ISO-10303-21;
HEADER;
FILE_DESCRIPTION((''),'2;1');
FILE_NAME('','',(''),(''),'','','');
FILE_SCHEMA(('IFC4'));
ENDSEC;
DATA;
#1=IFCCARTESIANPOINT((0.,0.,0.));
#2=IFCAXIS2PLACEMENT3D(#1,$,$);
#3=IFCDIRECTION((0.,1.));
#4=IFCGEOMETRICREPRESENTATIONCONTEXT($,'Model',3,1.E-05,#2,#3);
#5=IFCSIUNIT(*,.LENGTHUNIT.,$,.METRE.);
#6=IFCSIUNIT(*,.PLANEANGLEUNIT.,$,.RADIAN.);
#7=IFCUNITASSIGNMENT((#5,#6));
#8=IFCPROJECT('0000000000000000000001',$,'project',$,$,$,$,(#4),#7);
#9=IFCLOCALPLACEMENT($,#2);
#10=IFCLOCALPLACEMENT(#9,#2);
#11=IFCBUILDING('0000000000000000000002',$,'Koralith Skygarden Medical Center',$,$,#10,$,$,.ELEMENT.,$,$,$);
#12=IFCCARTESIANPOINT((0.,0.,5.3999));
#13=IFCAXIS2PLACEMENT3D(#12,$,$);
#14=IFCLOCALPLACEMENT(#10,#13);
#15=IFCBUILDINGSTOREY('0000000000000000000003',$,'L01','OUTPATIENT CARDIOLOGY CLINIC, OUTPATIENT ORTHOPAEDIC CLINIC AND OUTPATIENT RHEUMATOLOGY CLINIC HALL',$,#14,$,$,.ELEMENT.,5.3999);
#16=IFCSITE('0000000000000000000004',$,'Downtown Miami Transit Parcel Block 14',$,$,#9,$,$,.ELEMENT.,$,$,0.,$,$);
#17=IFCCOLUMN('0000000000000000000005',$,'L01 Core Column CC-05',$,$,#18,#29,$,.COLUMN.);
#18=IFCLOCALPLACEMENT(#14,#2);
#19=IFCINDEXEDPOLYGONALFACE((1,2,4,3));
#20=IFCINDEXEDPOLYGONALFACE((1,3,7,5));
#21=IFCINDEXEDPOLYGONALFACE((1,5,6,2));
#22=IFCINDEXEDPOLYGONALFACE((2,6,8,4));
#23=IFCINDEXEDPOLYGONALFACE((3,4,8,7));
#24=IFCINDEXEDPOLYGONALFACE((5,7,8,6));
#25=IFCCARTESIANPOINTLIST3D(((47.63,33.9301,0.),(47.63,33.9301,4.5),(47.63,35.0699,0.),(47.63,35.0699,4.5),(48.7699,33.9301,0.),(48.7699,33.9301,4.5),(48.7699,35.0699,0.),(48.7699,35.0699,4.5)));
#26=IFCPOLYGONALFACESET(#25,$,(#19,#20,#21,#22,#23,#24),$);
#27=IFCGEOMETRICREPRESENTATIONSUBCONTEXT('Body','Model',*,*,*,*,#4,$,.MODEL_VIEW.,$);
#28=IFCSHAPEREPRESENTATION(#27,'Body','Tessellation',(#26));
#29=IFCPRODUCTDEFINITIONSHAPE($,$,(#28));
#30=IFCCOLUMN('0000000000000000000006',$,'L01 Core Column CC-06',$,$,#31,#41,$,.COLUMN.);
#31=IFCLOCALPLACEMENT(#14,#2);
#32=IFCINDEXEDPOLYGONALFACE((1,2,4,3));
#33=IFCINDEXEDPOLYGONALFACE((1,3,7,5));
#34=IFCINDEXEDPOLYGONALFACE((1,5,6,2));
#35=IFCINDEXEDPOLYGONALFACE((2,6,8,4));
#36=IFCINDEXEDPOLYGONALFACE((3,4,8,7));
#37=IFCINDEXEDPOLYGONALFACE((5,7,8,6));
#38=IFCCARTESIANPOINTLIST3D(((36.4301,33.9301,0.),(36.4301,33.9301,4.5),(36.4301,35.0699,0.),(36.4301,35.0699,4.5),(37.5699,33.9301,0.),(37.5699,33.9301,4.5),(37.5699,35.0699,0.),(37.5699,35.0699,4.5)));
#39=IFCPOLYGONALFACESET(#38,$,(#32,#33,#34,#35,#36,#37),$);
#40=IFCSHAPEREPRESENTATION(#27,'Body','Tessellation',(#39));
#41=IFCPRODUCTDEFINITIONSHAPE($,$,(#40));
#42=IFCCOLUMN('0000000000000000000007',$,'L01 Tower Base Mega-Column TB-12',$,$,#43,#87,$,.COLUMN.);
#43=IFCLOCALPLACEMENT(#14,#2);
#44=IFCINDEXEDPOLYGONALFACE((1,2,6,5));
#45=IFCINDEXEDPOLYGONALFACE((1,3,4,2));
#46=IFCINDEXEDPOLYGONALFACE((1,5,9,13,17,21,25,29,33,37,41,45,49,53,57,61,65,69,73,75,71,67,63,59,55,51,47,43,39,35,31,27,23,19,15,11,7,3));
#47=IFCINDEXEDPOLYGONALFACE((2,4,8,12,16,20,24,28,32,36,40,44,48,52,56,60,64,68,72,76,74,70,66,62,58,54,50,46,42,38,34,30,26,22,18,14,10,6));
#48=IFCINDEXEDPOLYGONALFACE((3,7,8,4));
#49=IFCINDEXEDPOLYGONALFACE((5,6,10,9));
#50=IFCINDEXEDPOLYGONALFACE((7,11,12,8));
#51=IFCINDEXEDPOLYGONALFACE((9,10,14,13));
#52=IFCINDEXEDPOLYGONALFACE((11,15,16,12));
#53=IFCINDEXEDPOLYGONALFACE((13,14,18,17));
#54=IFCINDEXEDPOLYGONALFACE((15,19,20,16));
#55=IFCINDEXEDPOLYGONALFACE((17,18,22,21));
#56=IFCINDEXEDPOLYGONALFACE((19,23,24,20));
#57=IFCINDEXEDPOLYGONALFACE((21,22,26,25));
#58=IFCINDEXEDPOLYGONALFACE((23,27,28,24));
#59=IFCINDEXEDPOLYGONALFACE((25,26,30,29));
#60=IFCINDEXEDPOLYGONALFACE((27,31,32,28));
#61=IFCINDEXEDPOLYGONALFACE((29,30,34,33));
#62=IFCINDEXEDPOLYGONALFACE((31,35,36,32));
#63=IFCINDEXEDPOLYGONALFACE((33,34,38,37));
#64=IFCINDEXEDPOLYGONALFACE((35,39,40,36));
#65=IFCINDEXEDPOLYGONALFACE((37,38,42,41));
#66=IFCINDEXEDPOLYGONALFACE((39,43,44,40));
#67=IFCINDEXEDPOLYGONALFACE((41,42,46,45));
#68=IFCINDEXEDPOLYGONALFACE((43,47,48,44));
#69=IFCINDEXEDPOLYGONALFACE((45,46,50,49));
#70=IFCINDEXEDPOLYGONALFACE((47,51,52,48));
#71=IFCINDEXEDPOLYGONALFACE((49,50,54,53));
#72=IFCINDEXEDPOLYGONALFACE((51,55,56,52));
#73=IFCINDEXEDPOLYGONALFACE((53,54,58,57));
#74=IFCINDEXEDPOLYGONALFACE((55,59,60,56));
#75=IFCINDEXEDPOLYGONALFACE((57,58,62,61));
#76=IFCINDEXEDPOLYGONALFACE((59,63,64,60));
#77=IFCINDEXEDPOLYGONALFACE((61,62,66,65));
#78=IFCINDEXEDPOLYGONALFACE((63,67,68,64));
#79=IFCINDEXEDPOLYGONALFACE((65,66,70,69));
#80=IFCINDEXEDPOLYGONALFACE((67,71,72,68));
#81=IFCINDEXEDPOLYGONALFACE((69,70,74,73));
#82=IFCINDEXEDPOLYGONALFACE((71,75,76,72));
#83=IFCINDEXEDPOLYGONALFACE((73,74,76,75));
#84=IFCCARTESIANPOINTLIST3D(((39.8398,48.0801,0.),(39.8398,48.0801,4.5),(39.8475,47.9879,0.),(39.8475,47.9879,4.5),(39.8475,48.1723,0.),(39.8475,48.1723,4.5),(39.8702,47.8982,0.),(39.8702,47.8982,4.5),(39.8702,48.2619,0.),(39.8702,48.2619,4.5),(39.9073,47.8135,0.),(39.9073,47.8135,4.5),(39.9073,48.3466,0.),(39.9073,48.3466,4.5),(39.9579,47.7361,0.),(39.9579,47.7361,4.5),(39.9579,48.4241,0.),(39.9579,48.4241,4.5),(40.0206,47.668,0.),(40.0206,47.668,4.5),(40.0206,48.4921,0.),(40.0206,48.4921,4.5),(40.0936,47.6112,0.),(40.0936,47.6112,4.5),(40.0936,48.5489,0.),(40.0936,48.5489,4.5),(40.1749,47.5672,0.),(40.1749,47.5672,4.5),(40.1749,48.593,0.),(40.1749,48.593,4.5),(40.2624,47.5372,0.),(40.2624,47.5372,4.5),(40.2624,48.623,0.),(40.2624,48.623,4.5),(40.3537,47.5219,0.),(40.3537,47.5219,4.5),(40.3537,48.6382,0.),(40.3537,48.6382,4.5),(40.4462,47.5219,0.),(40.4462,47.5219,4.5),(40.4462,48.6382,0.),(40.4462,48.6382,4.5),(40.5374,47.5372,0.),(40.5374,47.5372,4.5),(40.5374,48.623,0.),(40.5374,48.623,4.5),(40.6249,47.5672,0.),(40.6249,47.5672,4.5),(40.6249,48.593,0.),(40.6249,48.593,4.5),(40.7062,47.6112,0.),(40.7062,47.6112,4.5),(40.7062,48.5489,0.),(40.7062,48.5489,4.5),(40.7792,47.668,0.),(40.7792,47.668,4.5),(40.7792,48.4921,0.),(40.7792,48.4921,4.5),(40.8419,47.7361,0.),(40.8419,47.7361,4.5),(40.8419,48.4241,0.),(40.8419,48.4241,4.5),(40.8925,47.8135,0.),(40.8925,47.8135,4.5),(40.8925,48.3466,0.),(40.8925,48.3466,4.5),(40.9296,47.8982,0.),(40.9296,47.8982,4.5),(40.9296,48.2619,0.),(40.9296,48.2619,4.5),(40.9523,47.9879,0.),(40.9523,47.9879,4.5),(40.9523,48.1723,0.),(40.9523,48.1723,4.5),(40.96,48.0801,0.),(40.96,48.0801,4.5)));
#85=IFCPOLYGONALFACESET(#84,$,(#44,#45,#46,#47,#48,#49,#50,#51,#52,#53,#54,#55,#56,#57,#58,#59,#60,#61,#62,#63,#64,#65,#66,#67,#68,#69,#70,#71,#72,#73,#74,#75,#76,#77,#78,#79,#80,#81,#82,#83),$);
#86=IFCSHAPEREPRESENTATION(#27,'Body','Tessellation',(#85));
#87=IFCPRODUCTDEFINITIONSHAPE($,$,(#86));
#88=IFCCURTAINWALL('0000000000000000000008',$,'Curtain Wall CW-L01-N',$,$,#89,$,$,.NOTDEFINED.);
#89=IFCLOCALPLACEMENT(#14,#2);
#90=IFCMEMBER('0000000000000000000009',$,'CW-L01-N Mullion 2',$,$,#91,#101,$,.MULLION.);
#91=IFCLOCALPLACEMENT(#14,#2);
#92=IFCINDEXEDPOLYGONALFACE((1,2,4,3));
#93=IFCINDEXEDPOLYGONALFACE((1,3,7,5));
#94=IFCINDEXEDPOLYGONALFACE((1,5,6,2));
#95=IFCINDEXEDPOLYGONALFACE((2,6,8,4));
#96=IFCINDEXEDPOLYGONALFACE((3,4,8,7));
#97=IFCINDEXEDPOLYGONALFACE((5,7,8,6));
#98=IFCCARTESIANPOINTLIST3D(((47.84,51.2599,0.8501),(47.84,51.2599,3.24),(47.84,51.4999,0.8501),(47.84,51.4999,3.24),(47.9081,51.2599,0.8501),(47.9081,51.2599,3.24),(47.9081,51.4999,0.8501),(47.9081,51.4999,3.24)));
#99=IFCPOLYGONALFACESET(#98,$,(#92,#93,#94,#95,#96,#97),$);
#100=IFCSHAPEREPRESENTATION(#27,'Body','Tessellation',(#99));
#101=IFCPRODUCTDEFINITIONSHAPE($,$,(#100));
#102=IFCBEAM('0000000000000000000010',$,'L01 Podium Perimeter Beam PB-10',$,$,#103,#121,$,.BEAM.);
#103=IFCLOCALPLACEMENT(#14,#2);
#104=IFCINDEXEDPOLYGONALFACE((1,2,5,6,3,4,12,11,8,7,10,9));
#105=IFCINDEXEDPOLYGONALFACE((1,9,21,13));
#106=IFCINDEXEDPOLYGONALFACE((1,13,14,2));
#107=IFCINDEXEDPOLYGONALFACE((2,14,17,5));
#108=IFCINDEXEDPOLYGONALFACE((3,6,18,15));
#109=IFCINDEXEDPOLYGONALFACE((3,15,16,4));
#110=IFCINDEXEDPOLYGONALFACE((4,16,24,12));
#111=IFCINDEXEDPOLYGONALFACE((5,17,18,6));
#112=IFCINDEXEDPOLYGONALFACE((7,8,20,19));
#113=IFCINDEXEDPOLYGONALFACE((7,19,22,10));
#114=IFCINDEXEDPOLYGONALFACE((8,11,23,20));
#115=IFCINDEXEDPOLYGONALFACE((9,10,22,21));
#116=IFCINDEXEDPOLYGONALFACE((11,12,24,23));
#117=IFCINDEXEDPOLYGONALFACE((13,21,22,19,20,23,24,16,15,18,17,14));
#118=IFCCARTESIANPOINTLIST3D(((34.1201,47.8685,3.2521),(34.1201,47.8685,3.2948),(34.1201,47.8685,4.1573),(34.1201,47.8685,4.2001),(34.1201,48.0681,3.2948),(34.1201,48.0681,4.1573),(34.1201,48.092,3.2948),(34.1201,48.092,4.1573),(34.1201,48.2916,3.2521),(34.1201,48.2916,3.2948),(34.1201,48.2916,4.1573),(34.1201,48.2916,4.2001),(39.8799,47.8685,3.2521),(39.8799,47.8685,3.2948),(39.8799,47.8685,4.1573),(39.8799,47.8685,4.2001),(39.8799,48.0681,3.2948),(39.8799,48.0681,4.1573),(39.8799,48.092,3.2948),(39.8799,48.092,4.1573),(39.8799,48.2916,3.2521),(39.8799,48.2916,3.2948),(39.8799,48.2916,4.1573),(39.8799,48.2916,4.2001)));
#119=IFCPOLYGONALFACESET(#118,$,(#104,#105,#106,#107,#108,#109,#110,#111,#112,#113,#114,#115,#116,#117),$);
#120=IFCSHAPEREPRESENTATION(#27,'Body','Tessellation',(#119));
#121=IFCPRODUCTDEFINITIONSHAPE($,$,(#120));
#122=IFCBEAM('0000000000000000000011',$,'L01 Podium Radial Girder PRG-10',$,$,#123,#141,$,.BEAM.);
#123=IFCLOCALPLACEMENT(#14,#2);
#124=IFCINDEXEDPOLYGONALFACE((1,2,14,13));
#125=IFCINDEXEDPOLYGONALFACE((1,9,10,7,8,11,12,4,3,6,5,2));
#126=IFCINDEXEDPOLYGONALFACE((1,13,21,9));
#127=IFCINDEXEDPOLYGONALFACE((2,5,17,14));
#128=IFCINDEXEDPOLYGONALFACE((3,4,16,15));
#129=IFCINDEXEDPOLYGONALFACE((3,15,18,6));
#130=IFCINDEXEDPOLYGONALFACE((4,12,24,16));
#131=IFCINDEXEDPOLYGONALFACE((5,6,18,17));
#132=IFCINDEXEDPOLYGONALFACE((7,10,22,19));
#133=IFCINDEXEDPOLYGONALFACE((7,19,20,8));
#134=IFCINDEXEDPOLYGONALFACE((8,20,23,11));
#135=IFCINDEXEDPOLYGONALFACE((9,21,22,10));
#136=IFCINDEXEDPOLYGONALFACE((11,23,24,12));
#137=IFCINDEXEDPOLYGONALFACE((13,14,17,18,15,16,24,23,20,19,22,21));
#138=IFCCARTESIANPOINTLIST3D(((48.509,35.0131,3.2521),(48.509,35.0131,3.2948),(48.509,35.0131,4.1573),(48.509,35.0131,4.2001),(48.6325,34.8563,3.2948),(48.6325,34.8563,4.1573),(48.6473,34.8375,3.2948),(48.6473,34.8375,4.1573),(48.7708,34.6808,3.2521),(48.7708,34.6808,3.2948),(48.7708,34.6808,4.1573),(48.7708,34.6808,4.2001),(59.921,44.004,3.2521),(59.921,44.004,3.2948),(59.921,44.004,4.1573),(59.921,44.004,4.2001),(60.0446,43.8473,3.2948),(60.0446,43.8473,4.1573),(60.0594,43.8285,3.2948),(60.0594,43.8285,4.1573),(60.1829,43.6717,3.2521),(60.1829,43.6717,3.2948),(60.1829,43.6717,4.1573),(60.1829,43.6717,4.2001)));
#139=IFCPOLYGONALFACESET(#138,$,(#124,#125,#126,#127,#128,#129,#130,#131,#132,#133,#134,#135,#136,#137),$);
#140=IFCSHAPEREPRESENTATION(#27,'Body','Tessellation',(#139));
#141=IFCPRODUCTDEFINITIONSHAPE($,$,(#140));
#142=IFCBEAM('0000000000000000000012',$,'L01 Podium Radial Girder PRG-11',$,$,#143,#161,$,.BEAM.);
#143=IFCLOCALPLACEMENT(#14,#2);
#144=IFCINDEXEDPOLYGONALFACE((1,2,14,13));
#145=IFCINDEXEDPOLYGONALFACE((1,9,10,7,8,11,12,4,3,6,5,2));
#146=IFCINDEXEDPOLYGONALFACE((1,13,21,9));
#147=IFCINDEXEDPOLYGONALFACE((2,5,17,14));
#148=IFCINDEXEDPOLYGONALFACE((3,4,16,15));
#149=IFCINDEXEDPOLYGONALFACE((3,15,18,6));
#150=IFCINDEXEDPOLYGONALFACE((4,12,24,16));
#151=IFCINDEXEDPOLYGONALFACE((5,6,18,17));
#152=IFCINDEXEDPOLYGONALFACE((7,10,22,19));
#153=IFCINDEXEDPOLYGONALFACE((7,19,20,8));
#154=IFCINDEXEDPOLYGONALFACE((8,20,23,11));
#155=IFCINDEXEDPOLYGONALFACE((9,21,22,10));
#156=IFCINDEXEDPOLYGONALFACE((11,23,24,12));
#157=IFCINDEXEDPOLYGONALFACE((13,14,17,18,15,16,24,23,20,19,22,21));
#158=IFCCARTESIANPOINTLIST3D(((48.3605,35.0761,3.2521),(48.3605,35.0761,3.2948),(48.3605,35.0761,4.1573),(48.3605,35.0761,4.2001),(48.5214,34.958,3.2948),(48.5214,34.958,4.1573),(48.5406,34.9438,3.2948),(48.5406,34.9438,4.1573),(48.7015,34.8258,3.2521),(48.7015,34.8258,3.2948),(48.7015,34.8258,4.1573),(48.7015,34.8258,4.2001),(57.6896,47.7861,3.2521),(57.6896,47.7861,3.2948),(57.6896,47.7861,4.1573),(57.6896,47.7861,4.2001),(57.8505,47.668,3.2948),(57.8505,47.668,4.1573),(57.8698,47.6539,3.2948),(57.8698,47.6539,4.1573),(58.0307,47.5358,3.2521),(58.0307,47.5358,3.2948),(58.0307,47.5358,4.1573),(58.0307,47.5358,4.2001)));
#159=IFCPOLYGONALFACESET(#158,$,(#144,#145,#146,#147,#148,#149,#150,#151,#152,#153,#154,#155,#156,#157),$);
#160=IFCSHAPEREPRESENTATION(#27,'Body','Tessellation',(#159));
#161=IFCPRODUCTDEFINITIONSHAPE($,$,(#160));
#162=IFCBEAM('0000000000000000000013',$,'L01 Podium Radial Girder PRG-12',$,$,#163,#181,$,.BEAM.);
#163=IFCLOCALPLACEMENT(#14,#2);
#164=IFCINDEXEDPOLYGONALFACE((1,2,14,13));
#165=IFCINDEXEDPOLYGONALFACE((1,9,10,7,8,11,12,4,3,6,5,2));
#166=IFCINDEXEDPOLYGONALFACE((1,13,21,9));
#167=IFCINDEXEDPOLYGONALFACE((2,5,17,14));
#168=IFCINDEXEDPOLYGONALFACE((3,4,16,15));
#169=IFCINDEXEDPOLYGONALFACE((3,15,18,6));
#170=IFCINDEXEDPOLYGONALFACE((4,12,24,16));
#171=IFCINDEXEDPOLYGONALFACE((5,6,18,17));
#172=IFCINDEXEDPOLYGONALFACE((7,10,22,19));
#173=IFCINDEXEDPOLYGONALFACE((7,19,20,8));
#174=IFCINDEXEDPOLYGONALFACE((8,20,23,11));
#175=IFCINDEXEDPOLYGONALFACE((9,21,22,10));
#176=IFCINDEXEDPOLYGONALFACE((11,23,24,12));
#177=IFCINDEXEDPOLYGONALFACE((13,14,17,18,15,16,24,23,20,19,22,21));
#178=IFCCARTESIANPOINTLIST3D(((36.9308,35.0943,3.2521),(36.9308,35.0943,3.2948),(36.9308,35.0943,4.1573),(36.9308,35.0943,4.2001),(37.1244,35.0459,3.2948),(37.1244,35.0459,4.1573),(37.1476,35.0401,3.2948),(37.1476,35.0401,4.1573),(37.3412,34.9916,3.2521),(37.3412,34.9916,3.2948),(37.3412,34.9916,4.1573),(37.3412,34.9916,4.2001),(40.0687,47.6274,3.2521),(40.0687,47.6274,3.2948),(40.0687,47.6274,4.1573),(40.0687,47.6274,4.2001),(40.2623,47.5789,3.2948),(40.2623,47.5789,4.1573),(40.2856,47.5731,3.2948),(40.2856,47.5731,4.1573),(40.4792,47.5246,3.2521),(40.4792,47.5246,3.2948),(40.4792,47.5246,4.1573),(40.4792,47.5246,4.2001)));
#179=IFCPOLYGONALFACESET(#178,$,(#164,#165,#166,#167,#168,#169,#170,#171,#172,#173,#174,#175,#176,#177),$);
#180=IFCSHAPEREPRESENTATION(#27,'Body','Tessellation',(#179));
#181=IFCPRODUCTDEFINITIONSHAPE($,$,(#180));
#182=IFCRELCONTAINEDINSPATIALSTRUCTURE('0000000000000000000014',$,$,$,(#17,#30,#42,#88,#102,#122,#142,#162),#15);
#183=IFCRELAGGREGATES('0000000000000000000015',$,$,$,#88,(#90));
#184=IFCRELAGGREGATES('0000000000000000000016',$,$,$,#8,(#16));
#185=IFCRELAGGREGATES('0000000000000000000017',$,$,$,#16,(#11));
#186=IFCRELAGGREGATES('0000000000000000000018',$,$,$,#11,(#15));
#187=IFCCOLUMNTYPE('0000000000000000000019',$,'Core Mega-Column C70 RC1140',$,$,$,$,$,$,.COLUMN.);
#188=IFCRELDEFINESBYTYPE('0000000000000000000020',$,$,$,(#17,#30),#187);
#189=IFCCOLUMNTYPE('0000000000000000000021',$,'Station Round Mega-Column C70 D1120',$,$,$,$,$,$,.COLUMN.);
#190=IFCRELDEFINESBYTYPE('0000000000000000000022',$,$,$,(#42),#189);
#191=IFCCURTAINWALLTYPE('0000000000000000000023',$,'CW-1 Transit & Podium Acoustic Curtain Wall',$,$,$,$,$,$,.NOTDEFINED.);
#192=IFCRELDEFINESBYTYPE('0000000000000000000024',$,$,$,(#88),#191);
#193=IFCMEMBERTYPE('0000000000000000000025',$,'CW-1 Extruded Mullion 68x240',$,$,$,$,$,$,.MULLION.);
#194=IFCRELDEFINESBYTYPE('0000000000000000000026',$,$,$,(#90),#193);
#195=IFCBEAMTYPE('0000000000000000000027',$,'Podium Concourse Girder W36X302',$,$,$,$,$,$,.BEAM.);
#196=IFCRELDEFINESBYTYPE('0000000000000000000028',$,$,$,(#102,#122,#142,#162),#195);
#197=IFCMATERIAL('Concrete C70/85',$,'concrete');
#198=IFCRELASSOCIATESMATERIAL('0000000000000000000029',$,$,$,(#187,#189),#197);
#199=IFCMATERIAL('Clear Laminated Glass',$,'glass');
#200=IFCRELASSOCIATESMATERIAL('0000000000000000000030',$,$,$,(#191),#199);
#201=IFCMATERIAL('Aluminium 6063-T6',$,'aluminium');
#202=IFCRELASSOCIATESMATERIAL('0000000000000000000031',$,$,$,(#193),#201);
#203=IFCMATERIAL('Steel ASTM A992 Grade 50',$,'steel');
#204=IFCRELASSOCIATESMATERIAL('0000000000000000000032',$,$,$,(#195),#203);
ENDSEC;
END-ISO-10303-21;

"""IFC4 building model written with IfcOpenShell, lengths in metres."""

from ifc_helpers import new_model, si_unit, direction, frame, origin, origin_2d, place, context, subcontext, project, spatial, rectangle, circle, i_section, extrude, material, material_profile, profile_set, type_object, element, aggregate, save


model = new_model("IFC4")

# Units and contexts
model_context = context("Model", 3, precision=1e-05, world=origin(), true_north=direction((0.0, 1.0)))
body_context = subcontext(model_context, "Body", "Model", "MODEL_VIEW")
ifc_project = project(units=[si_unit("LENGTHUNIT", "METRE"), si_unit("PLANEANGLEUNIT", "RADIAN")], contexts=[model_context])

# Site, building, storey
site_placement = place(None, origin())
site = spatial("IfcSite", under=ifc_project, at=site_placement, Name="Downtown Miami Transit Parcel Block 14", CompositionType="ELEMENT", RefElevation=0.0)
building_placement = place(site_placement, origin())
building = spatial("IfcBuilding", under=site, at=building_placement, Name="Koralith Skygarden Medical Center", CompositionType="ELEMENT")
storey_placement = place(building_placement, frame((0.0, 0.0, 5.3999)))
storey = spatial("IfcBuildingStorey", under=building, at=storey_placement, Name="L01", Description="OUTPATIENT CARDIOLOGY CLINIC, OUTPATIENT ORTHOPAEDIC CLINIC AND OUTPATIENT RHEUMATOLOGY CLINIC HALL", CompositionType="ELEMENT", Elevation=5.3999)

# Columns
ifc_material_1 = material(Name="Concrete C70/85", Category="concrete")
ifc_material_profile_1 = material_profile(ifc_material_1, rectangle(XDim=1.1399, YDim=1.1399, at=origin_2d()), Name="RC1140X1140")
ifc_profile_set_1 = profile_set([ifc_material_profile_1], Name="Concrete C70/85")
column_type_1 = type_object("IfcColumnType", Name="Core Mega-Column C70 RC1140", PredefinedType="COLUMN", material=ifc_profile_set_1)
for number, where, z_axis, x_axis, name in (
    (1, (48.2, 34.5, 0.0), (0.0, 0.0, 1.0), (1.0, 0.0, 0.0), "L01 Core Column CC-05"),
    (2, (37.0, 34.5, 0.0), (0.0, 0.0, 1.0), (1.0, 0.0, 0.0), "L01 Core Column CC-06"),
):
    element("IfcColumn", number, at=place(storey_placement, frame(where, z_axis=z_axis, x_axis=x_axis)), inside=storey, type_object=column_type_1, Name=name, PredefinedType="COLUMN", context=body_context, shape_type="SweptSolid", body=[
        extrude(rectangle(XDim=1.1399, YDim=1.1399, at=origin_2d()), origin(), (0.0, 0.0, 1.0), 4.5),
    ])
ifc_material_profile_2 = material_profile(ifc_material_1, circle(Radius=0.5601, at=origin_2d()), Name="RCCOL1120")
ifc_profile_set_2 = profile_set([ifc_material_profile_2], Name="Concrete C70/85")
column_type_2 = type_object("IfcColumnType", Name="Station Round Mega-Column C70 D1120", PredefinedType="COLUMN", material=ifc_profile_set_2)
column_placement = place(storey_placement, frame((40.3999, 48.0801, 0.0), z_axis=(0.0, 0.0, 1.0), x_axis=(1.0, 0.0, 0.0)))
element("IfcColumn", 3, at=column_placement, inside=storey, type_object=column_type_2, Name="L01 Tower Base Mega-Column TB-12", PredefinedType="COLUMN", context=body_context, shape_type="SweptSolid", body=[
    extrude(circle(Radius=0.5601, at=origin_2d()), origin(), (0.0, 0.0, 1.0), 4.5),
])

# Curtain wall, member
ifc_material_2 = material(Name="Clear Laminated Glass", Category="glass")
curtain_wall_type = type_object("IfcCurtainWallType", Name="CW-1 Transit & Podium Acoustic Curtain Wall", PredefinedType="NOTDEFINED", material=ifc_material_2)
curtain_wall_placement = place(storey_placement, origin())
curtain_wall = element("IfcCurtainWall", 4, at=curtain_wall_placement, inside=storey, type_object=curtain_wall_type, Name="Curtain Wall CW-L01-N", PredefinedType="NOTDEFINED")
ifc_material_3 = material(Name="Aluminium 6063-T6", Category="aluminium")
ifc_material_profile_3 = material_profile(ifc_material_3, rectangle(XDim=0.0681, YDim=0.24, at=origin_2d()), Name="MUL68X240")
ifc_profile_set_3 = profile_set([ifc_material_profile_3], Name="Aluminium 6063-T6")
member_type = type_object("IfcMemberType", Name="CW-1 Extruded Mullion 68x240", PredefinedType="MULLION", material=ifc_profile_set_3)
member_placement = place(storey_placement, frame((47.874, 51.3799, 0.8501), z_axis=(0.0, 0.0, 1.0), x_axis=(1.0, 0.0, 0.0)))
member = element("IfcMember", 5, at=member_placement, type_object=member_type, Name="CW-L01-N Mullion 2", PredefinedType="MULLION", context=body_context, shape_type="SweptSolid", body=[
    extrude(rectangle(XDim=0.0681, YDim=0.24, at=origin_2d()), origin(), (0.0, 0.0, 1.0), 2.3899),
])

# Beams
ifc_material_4 = material(Name="Steel ASTM A992 Grade 50", Category="steel")
ifc_material_profile_4 = material_profile(ifc_material_4, i_section(OverallWidth=0.4231, OverallDepth=0.948, WebThickness=0.0239, FlangeThickness=0.0427, at=origin_2d()), Name="W36X302")
ifc_profile_set_4 = profile_set([ifc_material_profile_4], Name="Steel ASTM A992 Grade 50")
beam_type = type_object("IfcBeamType", Name="Podium Concourse Girder W36X302", PredefinedType="BEAM", material=ifc_profile_set_4)
beam_1_placement = place(storey_placement, frame((39.8799, 48.0801, 3.7261), z_axis=(-1.0, 0.0, 0.0), x_axis=(0.0, -1.0, 0.0)))
element("IfcBeam", 6, at=beam_1_placement, inside=storey, type_object=beam_type, Name="L01 Podium Perimeter Beam PB-10", PredefinedType="BEAM", context=body_context, shape_type="SweptSolid", body=[
    extrude(i_section(OverallWidth=0.4231, OverallDepth=0.948, WebThickness=0.0239, FlangeThickness=0.0427, at=origin_2d()), origin(), (0.0, 0.0, 1.0), 5.7598),
])
beam_2_placement = place(storey_placement, frame((48.6399, 34.8469, 3.7261), z_axis=(0.785505, 0.618856, 0.0), x_axis=(-0.618856, 0.785505, 0.0)))
element("IfcBeam", 7, at=beam_2_placement, inside=storey, type_object=beam_type, Name="L01 Podium Radial Girder PRG-10", PredefinedType="BEAM", context=body_context, shape_type="SweptSolid", body=[
    extrude(i_section(OverallWidth=0.4231, OverallDepth=0.948, WebThickness=0.0239, FlangeThickness=0.0427, at=origin_2d()), origin(), (0.0, 0.0, 1.0), 14.5283),
])
beam_3_placement = place(storey_placement, frame((48.531, 34.9509, 3.7261), z_axis=(0.591713, 0.806149, 0.0), x_axis=(-0.806149, 0.591713, 0.0)))
element("IfcBeam", 8, at=beam_3_placement, inside=storey, type_object=beam_type, Name="L01 Podium Radial Girder PRG-11", PredefinedType="BEAM", context=body_context, shape_type="SweptSolid", body=[
    extrude(i_section(OverallWidth=0.4231, OverallDepth=0.948, WebThickness=0.0239, FlangeThickness=0.0427, at=origin_2d()), origin(), (0.0, 0.0, 1.0), 15.7664),
])
for number, where, z_axis, x_axis, name in (
    (9, (37.136, 35.043, 3.7261), (0.242878, 0.970057, 0.0), (-0.970057, 0.242878, 0.0), "L01 Podium Radial Girder PRG-12"),
):
    element("IfcBeam", number, at=place(storey_placement, frame(where, z_axis=z_axis, x_axis=x_axis)), inside=storey, type_object=beam_type, Name=name, PredefinedType="BEAM", context=body_context, shape_type="SweptSolid", body=[
        extrude(i_section(OverallWidth=0.4231, OverallDepth=0.948, WebThickness=0.0239, FlangeThickness=0.0427, at=origin_2d()), origin(), (0.0, 0.0, 1.0), 12.9199),
    ])

aggregate(curtain_wall, [member])

save(model, "model.ifc")
